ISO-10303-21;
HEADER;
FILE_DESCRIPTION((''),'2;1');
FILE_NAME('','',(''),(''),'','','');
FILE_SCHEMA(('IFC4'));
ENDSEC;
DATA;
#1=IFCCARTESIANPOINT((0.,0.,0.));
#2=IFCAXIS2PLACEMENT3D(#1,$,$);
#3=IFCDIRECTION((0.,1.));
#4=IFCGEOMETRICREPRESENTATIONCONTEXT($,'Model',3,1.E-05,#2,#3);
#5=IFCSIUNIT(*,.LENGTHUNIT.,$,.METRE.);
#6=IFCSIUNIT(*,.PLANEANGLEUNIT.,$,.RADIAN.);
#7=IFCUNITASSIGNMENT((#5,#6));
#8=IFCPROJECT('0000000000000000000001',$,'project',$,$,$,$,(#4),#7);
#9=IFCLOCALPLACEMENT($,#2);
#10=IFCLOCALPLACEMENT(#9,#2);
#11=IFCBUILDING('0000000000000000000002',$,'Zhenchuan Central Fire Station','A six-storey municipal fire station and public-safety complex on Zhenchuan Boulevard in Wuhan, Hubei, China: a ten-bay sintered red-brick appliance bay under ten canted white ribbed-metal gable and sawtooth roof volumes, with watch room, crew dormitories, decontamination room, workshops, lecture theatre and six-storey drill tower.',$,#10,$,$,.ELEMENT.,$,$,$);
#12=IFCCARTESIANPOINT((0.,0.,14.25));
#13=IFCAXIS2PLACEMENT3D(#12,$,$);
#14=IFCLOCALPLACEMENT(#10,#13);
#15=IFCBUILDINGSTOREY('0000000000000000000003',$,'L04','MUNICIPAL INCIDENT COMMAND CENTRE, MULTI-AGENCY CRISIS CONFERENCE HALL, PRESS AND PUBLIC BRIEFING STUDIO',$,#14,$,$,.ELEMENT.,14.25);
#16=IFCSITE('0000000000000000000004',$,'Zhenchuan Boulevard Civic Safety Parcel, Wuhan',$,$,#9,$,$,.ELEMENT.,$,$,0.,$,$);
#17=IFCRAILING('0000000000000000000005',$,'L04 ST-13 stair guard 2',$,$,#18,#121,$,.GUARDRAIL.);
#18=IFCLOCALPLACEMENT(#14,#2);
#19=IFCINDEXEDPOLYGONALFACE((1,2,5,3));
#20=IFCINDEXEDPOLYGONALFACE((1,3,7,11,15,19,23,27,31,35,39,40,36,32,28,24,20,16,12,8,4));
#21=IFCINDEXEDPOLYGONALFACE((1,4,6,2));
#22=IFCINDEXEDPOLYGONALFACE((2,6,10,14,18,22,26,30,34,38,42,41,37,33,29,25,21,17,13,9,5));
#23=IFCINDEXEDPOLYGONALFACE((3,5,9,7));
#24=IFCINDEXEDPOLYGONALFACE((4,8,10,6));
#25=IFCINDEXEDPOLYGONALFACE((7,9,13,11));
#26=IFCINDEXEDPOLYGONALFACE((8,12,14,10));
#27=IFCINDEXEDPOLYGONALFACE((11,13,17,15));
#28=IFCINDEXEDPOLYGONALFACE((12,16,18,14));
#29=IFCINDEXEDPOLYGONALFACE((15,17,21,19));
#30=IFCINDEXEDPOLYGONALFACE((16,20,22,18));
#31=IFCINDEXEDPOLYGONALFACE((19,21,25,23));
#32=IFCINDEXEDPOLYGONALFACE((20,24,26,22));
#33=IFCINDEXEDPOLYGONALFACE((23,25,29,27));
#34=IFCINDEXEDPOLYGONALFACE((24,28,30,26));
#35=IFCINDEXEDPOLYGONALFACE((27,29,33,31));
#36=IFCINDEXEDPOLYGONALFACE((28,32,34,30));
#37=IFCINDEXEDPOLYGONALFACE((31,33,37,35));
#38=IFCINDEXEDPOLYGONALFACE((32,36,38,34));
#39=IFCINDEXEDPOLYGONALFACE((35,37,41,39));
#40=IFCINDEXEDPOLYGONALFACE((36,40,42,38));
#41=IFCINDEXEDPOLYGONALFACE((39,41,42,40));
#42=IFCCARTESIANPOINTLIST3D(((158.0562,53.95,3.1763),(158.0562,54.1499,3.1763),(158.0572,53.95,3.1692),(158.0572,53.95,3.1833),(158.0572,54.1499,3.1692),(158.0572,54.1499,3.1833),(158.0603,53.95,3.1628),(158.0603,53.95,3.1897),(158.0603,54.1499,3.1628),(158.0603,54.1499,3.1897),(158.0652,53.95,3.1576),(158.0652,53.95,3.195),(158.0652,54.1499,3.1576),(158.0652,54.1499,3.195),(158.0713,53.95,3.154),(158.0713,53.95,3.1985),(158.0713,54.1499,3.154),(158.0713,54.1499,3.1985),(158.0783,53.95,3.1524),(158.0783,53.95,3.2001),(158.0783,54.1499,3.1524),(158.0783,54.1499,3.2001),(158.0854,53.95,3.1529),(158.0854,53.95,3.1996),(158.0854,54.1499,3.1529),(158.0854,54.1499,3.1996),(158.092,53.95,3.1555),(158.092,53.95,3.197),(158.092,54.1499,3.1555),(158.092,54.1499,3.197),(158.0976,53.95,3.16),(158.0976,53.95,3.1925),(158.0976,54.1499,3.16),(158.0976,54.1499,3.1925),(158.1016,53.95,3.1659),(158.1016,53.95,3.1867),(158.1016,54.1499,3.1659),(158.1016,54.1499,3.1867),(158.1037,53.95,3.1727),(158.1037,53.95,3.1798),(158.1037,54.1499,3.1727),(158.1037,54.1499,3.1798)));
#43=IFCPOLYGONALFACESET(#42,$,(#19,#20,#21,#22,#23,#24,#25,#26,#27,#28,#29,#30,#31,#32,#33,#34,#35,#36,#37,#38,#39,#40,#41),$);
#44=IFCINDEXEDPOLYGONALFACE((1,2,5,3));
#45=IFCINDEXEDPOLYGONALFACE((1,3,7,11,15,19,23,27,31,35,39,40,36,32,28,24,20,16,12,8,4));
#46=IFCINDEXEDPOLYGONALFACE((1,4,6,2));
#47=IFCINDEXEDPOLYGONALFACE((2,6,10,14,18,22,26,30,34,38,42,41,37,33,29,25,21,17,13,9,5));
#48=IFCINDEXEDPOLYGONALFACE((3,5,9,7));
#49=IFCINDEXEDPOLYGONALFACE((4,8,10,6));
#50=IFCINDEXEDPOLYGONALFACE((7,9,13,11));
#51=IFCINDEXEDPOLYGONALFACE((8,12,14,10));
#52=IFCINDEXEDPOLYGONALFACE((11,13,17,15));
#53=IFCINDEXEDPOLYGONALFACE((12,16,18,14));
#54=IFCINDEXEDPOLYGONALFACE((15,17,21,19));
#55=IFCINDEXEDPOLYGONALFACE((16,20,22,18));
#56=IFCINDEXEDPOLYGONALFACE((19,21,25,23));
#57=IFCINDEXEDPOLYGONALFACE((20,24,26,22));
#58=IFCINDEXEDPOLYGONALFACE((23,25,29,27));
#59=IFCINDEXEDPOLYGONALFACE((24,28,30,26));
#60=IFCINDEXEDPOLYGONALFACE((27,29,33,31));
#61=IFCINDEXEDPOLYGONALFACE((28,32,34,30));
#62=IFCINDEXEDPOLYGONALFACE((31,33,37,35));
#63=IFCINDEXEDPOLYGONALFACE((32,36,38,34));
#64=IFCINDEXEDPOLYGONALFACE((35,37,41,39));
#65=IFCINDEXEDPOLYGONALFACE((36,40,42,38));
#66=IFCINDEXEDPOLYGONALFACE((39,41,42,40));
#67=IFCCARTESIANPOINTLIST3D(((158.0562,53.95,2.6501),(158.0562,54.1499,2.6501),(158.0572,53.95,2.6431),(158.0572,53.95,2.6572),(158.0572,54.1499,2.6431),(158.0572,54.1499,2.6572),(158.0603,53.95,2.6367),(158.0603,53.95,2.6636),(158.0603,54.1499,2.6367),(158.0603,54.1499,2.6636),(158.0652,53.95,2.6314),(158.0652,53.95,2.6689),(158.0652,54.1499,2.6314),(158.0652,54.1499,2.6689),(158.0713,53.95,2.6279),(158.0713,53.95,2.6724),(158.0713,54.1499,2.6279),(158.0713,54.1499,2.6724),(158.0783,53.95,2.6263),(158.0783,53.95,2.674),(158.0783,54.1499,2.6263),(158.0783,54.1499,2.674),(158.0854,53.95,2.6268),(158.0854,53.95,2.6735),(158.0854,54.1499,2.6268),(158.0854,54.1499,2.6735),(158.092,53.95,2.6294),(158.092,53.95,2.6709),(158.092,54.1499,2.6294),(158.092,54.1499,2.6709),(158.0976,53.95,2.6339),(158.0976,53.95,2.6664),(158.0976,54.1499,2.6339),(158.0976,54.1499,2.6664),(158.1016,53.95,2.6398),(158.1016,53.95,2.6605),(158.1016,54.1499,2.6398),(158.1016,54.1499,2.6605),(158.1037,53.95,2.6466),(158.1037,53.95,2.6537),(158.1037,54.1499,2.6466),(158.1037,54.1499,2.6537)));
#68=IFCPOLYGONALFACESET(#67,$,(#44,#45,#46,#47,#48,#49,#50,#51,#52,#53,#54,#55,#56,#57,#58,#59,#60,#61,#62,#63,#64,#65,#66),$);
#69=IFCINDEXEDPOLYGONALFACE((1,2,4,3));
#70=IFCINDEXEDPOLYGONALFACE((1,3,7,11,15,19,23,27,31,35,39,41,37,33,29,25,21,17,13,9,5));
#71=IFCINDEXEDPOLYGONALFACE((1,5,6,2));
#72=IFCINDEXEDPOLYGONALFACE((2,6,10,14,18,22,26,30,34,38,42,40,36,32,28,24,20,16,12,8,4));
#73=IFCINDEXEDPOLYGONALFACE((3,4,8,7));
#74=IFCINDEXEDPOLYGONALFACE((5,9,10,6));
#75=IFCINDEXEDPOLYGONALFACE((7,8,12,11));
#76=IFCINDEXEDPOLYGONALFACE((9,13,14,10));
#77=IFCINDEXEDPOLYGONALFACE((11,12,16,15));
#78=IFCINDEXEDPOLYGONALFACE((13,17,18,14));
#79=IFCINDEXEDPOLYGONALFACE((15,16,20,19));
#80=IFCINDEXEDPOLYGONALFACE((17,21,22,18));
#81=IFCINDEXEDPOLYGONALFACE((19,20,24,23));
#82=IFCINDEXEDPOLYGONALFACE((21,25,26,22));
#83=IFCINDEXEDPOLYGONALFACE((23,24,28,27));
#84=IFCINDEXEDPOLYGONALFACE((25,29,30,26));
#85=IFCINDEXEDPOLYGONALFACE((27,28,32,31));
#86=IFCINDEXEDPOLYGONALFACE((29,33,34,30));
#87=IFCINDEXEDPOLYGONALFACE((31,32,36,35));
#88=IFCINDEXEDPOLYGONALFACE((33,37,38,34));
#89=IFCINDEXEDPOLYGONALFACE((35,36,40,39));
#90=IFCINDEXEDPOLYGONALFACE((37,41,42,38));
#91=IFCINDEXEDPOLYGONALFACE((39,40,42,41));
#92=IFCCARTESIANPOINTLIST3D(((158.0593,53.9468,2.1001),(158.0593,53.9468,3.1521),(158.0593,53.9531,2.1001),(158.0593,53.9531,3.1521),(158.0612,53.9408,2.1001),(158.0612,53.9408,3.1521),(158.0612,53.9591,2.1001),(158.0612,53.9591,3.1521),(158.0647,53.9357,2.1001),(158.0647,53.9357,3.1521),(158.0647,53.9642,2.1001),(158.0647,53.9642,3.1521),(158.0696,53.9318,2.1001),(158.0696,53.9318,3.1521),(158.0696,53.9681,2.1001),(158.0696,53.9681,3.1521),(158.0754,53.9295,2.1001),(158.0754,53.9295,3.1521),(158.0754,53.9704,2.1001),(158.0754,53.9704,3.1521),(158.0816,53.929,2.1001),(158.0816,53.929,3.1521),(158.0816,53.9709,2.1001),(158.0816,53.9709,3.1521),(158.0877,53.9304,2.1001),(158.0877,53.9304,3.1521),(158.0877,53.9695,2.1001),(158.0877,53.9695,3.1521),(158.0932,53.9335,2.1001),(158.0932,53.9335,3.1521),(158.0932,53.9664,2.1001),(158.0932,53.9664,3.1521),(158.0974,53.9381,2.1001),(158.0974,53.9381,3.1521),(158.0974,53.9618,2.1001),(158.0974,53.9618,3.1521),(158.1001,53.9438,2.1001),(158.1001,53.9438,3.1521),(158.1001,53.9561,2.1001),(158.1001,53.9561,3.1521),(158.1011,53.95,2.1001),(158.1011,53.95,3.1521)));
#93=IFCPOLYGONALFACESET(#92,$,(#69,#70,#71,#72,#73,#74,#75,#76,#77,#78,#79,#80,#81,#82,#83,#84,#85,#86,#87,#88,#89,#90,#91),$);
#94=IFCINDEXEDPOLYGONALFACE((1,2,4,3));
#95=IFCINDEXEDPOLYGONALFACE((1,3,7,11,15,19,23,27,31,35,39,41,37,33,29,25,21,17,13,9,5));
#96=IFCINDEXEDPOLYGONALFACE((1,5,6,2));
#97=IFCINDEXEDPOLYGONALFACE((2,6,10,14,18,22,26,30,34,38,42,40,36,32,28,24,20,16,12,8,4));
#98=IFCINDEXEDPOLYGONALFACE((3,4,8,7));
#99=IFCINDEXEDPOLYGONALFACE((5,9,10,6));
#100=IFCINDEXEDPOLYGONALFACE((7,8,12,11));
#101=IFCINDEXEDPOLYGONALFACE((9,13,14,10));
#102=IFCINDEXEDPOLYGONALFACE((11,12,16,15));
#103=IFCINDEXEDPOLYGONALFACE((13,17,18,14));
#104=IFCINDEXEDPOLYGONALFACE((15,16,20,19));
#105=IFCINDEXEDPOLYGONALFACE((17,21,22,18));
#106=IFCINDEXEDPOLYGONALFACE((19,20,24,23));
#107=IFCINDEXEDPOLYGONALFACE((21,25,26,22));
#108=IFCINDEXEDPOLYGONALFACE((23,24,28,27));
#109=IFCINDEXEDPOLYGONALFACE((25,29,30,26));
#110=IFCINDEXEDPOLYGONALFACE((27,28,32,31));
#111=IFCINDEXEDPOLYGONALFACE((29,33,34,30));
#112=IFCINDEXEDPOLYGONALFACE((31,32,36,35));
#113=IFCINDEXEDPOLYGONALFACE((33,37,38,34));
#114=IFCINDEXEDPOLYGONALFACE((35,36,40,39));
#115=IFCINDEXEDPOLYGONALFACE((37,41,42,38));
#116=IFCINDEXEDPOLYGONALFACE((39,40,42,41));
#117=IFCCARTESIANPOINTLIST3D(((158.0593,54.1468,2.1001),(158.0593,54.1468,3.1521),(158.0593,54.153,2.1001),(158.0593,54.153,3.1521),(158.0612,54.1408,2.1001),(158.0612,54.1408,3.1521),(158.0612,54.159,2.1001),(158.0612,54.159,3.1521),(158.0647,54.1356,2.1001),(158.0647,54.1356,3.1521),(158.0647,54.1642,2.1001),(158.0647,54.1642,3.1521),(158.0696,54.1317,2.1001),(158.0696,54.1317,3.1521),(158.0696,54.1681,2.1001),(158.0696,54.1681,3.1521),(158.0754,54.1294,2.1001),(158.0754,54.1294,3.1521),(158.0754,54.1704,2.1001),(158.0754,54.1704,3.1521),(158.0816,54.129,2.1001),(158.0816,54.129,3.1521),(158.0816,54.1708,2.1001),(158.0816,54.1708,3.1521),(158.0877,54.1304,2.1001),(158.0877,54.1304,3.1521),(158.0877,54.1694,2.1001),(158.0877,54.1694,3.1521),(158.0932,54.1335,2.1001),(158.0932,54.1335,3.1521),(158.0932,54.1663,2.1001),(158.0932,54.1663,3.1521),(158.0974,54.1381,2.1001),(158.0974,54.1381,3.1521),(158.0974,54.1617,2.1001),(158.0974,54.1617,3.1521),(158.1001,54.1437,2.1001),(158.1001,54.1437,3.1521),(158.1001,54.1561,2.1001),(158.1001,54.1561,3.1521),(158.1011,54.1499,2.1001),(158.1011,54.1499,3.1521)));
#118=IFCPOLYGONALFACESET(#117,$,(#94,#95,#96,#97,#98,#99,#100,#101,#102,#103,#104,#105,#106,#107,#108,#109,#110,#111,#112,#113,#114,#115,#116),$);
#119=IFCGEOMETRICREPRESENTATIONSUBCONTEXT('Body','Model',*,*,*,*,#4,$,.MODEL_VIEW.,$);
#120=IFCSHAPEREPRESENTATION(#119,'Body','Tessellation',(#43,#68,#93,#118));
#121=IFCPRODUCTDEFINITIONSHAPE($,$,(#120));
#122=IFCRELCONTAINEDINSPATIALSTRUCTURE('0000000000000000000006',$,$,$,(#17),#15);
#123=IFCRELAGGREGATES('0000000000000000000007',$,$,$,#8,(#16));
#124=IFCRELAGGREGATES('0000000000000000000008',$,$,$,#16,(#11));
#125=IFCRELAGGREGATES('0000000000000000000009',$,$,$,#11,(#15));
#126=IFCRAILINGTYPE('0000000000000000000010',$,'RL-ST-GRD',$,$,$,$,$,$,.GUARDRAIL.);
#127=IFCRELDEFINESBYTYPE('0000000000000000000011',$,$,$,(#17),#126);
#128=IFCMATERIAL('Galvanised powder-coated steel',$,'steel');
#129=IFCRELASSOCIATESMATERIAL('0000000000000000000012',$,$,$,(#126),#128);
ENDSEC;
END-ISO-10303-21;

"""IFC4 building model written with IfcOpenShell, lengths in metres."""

from ifc_helpers import new_model, si_unit, direction, frame, origin, origin_2d, place, context, subcontext, project, spatial, circle, extrude, material, type_object, element, save


model = new_model("IFC4")

# Units and contexts
model_context = context("Model", 3, precision=1e-05, world=origin(), true_north=direction((0.0, 1.0)))
body_context = subcontext(model_context, "Body", "Model", "MODEL_VIEW")
ifc_project = project(units=[si_unit("LENGTHUNIT", "METRE"), si_unit("PLANEANGLEUNIT", "RADIAN")], contexts=[model_context])

# Site, building, storey
site_placement = place(None, origin())
site = spatial("IfcSite", under=ifc_project, at=site_placement, Name="Zhenchuan Boulevard Civic Safety Parcel, Wuhan", CompositionType="ELEMENT", RefElevation=0.0)
building_placement = place(site_placement, origin())
building = spatial("IfcBuilding", under=site, at=building_placement, Name="Zhenchuan Central Fire Station", Description="A six-storey municipal fire station and public-safety complex on Zhenchuan Boulevard in Wuhan, Hubei, China: a ten-bay sintered red-brick appliance bay under ten canted white ribbed-metal gable and sawtooth roof volumes, with watch room, crew dormitories, decontamination room, workshops, lecture theatre and six-storey drill tower.", CompositionType="ELEMENT")
storey_placement = place(building_placement, frame((0.0, 0.0, 14.25)))
storey = spatial("IfcBuildingStorey", under=building, at=storey_placement, Name="L04", Description="MUNICIPAL INCIDENT COMMAND CENTRE, MULTI-AGENCY CRISIS CONFERENCE HALL, PRESS AND PUBLIC BRIEFING STUDIO", CompositionType="ELEMENT", Elevation=14.25)

# Railing
ifc_material_1 = material(Name="Galvanised powder-coated steel", Category="steel")
railing_type_1 = type_object("IfcRailingType", Name="RL-ST-GRD", PredefinedType="GUARDRAIL", material=ifc_material_1)
railing_1_placement = place(storey_placement, frame((158.0801, 53.95, 2.1001)))
element("IfcRailing", 1, at=railing_1_placement, inside=storey, type_object=railing_type_1, Name="L04 ST-13 stair guard 2", PredefinedType="GUARDRAIL", context=body_context, shape_type="SweptSolid", body=[
    extrude(circle(Radius=0.0239, at=origin_2d()), frame((0.0, 0.0, 1.0762), z_axis=(0.0, 1.0, 0.0), x_axis=(-1.0, 0.0, 0.0)), (0.0, 0.0, 1.0), 0.2),
    extrude(circle(Radius=0.0239, at=origin_2d()), frame((0.0, 0.0, 0.55), z_axis=(0.0, 1.0, 0.0), x_axis=(-1.0, 0.0, 0.0)), (0.0, 0.0, 1.0), 0.2),
    extrude(circle(Radius=0.021, at=origin_2d()), origin(), (0.0, 0.0, 1.0), 1.052),
    extrude(circle(Radius=0.021, at=origin_2d()), frame((0.0, 0.2, 0.0)), (0.0, 0.0, 1.0), 1.052),
])

save(model, "model.ifc")
